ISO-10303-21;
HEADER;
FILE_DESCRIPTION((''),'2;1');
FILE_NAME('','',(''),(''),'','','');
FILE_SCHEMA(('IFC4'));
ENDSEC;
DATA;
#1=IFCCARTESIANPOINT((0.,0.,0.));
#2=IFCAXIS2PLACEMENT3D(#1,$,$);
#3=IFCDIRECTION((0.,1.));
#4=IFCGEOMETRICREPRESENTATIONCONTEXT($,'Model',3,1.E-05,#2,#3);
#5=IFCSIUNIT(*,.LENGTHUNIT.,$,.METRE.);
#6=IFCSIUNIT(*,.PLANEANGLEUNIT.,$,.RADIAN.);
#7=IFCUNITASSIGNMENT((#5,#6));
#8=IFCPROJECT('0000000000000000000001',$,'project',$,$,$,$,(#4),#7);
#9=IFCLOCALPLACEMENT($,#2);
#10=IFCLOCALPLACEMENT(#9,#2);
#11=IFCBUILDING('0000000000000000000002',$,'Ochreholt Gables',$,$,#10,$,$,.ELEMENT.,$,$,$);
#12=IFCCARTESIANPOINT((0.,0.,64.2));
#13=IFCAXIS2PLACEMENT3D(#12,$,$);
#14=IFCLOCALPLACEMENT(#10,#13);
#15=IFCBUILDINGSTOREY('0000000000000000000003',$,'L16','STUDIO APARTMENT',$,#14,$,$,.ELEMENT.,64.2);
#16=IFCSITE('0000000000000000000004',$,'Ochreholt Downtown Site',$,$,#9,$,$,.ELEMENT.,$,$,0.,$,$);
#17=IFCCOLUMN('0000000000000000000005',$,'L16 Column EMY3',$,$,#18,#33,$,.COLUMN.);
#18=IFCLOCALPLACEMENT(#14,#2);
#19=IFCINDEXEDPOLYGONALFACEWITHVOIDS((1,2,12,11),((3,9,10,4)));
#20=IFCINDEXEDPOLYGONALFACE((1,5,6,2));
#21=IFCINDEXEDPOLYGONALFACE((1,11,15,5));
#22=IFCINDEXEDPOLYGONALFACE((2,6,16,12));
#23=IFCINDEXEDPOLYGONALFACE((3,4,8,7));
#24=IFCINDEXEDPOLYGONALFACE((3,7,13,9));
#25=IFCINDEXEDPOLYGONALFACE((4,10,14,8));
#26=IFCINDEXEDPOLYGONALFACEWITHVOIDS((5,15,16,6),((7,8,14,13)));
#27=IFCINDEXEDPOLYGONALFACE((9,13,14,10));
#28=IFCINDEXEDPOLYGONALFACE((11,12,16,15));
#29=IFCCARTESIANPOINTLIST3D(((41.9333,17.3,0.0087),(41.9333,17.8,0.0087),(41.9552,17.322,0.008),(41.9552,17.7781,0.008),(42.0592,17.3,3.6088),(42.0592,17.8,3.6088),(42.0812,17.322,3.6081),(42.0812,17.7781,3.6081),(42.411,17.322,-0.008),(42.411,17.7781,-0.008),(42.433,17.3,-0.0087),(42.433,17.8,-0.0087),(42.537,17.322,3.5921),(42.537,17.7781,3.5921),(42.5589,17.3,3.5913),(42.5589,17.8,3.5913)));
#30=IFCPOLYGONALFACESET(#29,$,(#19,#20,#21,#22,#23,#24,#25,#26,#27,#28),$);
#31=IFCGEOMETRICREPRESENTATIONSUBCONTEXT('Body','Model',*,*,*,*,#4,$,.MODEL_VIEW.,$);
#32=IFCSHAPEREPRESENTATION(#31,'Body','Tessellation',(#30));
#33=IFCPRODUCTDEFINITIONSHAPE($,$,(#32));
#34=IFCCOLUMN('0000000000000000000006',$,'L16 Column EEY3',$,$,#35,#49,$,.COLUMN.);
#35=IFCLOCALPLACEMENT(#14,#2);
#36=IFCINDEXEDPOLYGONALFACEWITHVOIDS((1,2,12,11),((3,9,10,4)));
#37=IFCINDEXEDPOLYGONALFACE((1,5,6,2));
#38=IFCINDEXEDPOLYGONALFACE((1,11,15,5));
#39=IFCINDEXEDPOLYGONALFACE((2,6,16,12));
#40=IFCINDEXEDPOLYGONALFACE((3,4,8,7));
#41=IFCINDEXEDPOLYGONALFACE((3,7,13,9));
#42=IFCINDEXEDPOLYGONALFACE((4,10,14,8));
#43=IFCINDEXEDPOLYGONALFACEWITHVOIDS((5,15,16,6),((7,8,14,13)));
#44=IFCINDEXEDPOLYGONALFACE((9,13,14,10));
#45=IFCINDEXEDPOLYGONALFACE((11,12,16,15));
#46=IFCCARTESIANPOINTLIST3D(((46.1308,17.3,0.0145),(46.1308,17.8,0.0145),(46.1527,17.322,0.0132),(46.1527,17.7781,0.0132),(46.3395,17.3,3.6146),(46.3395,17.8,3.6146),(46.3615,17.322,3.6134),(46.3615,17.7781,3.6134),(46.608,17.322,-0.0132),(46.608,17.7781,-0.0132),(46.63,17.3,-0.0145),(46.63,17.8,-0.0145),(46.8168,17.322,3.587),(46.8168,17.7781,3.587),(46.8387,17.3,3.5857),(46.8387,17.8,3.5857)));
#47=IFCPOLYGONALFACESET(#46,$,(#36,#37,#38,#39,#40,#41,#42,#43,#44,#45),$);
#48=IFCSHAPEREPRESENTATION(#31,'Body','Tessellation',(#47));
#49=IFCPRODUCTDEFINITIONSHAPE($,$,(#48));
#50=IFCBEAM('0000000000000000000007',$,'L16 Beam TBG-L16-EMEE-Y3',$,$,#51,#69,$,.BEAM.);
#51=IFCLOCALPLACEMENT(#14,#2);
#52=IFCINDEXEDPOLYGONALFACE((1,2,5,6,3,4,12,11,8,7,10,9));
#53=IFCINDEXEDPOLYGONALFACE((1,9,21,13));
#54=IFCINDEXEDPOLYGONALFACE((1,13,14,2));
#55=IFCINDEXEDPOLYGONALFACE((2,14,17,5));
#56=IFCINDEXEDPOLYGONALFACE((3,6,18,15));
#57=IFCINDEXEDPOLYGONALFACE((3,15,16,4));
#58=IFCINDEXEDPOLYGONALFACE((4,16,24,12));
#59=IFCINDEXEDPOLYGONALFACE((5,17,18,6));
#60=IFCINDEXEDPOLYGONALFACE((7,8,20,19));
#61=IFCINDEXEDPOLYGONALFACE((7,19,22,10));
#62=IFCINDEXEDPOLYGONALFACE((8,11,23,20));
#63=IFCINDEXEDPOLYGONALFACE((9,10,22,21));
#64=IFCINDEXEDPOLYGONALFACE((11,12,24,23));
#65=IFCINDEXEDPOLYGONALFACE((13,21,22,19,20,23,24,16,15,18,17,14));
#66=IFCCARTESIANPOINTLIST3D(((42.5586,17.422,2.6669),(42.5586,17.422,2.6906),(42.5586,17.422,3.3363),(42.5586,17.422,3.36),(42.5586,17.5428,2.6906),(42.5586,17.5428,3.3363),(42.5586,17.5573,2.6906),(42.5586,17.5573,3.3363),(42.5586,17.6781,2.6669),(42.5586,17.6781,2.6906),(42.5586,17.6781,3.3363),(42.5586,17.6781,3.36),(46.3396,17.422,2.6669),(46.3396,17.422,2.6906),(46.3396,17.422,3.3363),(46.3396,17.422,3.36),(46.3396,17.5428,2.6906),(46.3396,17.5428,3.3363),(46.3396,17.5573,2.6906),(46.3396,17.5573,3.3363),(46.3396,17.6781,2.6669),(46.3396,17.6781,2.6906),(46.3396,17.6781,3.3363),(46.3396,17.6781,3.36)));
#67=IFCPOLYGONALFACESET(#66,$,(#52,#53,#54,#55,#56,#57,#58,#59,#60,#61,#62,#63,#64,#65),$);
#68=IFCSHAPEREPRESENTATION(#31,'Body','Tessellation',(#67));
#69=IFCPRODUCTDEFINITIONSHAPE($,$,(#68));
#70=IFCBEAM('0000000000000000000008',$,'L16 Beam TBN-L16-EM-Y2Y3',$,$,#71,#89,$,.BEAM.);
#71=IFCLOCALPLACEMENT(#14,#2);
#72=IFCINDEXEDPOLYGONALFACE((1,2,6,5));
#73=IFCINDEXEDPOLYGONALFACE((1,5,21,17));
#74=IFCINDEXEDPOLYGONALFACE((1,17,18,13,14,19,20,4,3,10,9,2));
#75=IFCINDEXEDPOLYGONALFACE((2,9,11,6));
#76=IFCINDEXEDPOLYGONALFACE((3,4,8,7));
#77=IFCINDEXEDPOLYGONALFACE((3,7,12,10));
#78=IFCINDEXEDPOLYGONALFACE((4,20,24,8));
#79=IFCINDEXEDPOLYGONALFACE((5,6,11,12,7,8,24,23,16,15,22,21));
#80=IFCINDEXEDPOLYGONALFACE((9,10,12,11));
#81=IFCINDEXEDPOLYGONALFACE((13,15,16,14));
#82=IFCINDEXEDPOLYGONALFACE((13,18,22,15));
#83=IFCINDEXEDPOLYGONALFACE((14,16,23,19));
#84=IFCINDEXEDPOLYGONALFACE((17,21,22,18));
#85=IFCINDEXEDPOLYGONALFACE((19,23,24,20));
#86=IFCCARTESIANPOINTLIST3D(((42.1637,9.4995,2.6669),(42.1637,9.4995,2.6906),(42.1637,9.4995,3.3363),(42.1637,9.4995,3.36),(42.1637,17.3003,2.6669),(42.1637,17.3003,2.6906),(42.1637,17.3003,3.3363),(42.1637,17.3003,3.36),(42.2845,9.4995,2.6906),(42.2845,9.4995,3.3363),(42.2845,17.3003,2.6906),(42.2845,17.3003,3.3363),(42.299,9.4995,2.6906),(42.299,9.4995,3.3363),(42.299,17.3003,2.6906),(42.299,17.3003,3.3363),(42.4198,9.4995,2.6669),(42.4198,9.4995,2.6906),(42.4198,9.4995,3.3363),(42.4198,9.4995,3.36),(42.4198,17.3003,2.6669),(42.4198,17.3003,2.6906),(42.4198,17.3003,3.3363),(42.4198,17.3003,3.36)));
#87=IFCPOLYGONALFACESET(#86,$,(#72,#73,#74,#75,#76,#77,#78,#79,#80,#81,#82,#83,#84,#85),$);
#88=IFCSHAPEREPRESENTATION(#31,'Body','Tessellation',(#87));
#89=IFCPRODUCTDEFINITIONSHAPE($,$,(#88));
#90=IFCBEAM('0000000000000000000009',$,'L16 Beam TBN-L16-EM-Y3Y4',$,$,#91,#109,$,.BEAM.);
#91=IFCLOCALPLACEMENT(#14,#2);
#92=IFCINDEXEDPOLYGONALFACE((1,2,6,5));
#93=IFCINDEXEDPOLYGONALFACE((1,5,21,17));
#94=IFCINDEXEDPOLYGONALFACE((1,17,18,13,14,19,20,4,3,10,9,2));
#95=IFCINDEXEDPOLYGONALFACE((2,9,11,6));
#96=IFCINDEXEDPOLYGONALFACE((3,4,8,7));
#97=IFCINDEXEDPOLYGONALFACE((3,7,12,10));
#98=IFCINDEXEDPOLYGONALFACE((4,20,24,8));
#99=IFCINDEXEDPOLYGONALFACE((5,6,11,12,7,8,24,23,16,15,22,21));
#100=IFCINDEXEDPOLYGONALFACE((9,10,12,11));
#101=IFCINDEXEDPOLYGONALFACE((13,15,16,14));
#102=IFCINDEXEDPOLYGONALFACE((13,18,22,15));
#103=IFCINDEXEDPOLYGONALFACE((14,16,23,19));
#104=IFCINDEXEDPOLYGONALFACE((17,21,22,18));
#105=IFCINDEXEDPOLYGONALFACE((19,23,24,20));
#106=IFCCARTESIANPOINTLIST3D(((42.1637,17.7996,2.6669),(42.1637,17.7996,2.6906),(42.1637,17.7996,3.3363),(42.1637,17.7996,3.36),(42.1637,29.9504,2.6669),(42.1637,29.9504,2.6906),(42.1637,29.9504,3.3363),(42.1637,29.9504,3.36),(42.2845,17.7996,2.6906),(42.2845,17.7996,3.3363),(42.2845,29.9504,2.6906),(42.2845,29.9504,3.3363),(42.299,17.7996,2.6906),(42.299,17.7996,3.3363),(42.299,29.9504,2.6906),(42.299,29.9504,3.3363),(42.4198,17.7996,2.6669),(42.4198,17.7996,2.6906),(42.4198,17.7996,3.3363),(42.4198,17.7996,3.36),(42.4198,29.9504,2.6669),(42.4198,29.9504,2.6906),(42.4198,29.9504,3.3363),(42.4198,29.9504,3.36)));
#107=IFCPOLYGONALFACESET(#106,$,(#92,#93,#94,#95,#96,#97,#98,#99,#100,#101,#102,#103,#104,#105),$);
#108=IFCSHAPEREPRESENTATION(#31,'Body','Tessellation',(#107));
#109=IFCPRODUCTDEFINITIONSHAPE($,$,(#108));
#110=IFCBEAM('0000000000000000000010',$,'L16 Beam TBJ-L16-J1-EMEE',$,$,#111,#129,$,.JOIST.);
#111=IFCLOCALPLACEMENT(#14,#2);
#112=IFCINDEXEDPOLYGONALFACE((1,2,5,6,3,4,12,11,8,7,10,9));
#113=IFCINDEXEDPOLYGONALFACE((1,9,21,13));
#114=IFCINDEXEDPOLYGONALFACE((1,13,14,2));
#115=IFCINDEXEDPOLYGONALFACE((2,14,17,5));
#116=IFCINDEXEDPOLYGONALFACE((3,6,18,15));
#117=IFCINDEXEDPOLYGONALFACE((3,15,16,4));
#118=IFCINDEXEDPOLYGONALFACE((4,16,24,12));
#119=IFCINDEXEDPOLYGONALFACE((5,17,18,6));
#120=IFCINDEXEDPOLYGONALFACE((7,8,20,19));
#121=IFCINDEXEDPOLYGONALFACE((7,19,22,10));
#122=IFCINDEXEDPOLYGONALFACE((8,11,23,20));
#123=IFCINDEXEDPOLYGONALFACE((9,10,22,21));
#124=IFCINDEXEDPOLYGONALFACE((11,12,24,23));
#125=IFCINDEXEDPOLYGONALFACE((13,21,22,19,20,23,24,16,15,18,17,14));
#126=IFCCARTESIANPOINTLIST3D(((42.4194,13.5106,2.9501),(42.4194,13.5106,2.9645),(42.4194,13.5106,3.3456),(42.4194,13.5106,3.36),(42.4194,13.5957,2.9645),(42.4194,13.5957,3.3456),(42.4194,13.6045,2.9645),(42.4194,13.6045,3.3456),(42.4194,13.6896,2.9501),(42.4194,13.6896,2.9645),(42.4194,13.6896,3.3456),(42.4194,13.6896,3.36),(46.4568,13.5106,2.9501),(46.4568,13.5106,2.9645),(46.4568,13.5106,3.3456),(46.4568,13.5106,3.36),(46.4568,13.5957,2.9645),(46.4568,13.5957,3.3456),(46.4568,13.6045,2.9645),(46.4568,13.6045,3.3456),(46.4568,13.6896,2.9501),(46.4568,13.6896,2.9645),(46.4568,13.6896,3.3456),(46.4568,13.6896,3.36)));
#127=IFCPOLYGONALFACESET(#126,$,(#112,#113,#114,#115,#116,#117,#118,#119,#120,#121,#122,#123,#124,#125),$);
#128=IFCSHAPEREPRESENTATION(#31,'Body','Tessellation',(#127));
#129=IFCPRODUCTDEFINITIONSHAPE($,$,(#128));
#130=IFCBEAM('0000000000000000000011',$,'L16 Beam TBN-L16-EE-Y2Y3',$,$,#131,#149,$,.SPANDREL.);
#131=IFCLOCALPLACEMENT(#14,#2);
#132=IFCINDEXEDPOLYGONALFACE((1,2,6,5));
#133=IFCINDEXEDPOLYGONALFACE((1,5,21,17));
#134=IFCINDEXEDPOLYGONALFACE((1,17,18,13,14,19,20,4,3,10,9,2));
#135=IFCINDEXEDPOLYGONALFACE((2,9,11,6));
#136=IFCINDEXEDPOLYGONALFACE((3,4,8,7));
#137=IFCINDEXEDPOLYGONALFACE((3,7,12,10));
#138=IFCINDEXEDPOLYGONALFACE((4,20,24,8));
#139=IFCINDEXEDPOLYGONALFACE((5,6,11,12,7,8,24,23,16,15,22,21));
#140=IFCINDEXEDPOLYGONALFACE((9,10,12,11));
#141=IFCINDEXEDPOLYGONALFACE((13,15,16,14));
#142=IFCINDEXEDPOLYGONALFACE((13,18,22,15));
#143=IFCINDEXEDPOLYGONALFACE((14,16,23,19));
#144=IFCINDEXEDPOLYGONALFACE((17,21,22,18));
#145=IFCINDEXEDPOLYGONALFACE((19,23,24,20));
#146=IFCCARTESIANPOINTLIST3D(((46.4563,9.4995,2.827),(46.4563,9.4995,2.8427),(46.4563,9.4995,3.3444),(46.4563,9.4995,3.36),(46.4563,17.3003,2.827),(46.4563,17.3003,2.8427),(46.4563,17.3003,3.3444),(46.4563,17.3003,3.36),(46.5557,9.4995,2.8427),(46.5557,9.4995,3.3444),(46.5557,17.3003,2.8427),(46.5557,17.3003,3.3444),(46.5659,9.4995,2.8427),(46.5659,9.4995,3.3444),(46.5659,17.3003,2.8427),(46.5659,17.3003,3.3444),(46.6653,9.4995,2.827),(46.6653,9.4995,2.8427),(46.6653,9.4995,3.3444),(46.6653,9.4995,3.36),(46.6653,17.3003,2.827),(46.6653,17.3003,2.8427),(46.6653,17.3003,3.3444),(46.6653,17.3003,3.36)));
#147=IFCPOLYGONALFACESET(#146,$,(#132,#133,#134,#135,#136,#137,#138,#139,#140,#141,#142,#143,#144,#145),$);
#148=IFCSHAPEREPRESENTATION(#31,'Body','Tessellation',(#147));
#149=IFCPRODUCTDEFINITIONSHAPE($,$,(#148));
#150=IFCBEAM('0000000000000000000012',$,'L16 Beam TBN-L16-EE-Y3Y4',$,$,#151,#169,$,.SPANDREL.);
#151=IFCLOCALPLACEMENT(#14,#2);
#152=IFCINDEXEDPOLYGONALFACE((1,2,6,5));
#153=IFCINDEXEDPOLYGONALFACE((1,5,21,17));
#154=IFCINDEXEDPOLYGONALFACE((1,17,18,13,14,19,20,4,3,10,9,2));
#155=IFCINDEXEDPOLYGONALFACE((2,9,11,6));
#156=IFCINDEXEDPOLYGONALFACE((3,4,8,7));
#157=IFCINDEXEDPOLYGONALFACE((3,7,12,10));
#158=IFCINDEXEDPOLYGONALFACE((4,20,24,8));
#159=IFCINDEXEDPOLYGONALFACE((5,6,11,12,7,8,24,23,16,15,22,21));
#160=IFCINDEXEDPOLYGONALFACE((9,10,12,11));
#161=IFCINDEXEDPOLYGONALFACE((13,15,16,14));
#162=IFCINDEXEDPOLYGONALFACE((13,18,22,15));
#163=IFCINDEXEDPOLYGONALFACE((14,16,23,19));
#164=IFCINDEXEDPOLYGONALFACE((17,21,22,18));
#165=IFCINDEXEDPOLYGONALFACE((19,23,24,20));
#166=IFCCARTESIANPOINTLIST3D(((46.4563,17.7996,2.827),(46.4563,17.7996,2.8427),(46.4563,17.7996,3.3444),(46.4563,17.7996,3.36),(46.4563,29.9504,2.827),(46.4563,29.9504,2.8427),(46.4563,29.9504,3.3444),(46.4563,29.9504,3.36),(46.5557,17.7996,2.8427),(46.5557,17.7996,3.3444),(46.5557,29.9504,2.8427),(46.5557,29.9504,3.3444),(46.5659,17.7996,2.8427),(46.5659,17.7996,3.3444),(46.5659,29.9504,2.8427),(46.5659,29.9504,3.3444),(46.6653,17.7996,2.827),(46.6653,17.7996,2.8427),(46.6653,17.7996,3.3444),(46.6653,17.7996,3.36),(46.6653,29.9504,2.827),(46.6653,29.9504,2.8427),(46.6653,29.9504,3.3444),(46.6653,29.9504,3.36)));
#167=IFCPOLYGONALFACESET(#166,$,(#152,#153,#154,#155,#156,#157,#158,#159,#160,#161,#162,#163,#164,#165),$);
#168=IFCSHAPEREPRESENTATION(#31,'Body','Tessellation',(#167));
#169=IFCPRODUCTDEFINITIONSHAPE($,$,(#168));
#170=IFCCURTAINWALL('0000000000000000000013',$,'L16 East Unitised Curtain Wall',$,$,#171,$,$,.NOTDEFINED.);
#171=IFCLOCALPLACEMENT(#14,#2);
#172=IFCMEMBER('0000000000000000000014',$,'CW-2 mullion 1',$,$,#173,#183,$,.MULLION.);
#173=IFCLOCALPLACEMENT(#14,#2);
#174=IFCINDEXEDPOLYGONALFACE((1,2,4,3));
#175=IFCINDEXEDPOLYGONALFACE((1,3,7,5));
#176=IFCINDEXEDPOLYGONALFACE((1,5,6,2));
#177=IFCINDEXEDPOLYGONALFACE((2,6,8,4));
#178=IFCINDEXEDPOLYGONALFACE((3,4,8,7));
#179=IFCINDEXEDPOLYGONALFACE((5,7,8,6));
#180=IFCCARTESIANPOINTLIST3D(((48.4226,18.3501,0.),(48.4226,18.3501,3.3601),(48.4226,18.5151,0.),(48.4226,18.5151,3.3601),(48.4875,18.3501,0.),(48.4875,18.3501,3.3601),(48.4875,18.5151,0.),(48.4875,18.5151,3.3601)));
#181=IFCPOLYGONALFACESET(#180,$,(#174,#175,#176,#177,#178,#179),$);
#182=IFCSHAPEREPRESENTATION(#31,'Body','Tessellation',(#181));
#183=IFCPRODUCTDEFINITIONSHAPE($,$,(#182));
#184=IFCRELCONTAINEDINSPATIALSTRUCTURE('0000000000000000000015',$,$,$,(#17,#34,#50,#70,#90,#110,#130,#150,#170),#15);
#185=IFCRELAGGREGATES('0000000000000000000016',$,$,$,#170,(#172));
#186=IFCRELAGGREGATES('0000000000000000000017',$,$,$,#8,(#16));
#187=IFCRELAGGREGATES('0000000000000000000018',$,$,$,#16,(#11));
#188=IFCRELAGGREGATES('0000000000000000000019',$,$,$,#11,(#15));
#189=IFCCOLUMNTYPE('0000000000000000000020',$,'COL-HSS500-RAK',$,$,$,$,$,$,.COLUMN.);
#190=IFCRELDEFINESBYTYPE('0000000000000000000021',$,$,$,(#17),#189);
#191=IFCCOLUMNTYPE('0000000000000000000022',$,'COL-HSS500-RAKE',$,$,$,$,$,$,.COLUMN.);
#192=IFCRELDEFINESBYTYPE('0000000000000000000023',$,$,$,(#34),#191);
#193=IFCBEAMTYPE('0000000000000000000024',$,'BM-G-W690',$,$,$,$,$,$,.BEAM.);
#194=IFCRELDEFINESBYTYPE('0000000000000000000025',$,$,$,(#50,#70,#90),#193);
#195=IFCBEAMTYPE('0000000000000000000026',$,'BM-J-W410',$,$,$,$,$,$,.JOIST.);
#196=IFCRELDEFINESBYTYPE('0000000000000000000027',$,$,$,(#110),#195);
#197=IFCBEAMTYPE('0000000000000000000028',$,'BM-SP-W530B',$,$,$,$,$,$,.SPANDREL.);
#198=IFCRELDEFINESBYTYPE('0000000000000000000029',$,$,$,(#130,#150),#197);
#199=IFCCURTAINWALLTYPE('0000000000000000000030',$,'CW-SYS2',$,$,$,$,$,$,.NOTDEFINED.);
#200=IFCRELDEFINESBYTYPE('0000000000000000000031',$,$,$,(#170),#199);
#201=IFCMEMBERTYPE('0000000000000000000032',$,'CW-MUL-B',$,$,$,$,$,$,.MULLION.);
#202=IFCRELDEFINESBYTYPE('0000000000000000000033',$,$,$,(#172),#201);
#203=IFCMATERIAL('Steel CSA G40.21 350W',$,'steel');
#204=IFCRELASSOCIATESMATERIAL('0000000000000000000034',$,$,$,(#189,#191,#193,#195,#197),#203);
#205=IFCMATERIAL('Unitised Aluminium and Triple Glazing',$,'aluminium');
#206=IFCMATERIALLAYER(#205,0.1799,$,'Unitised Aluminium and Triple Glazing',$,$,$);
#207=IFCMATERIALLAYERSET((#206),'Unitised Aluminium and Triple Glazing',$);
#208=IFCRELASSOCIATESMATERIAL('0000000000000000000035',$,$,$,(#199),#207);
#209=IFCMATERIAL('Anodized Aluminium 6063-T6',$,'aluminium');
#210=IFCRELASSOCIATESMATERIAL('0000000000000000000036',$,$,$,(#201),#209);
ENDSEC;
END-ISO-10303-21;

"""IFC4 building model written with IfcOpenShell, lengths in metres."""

from ifc_helpers import new_model, si_unit, direction, frame, origin, origin_2d, place, context, subcontext, project, spatial, rectangle, hollow_rectangle, i_section, extrude, material, layer, layer_set, material_profile, profile_set, type_object, element, aggregate, save


model = new_model("IFC4")

# Units and contexts
model_context = context("Model", 3, precision=1e-05, world=origin(), true_north=direction((0.0, 1.0)))
body_context = subcontext(model_context, "Body", "Model", "MODEL_VIEW")
ifc_project = project(units=[si_unit("LENGTHUNIT", "METRE"), si_unit("PLANEANGLEUNIT", "RADIAN")], contexts=[model_context])

# Site, building, storey
site_placement = place(None, origin())
site = spatial("IfcSite", under=ifc_project, at=site_placement, Name="Ochreholt Downtown Site", CompositionType="ELEMENT", RefElevation=0.0)
building_placement = place(site_placement, origin())
building = spatial("IfcBuilding", under=site, at=building_placement, Name="Ochreholt Gables", CompositionType="ELEMENT")
storey_placement = place(building_placement, frame((0.0, 0.0, 64.2)))
storey = spatial("IfcBuildingStorey", under=building, at=storey_placement, Name="L16", Description="STUDIO APARTMENT", CompositionType="ELEMENT", Elevation=64.2)

# Columns
ifc_material_1 = material(Name="Steel CSA G40.21 350W", Category="steel")
ifc_material_profile_1 = material_profile(ifc_material_1, hollow_rectangle(XDim=0.5, YDim=0.5, WallThickness=0.022, at=origin_2d()), Name="HSS500X500X22")
ifc_profile_set_1 = profile_set([ifc_material_profile_1], Name="Steel CSA G40.21 350W")
column_type_1 = type_object("IfcColumnType", Name="COL-HSS500-RAK", PredefinedType="COLUMN", material=ifc_profile_set_1)
column_1_placement = place(storey_placement, frame((42.1831, 17.55, 0.0), z_axis=(0.034971, 0.0, 0.999388), x_axis=(0.0, 1.0, 0.0)))
element("IfcColumn", 1, at=column_1_placement, inside=storey, type_object=column_type_1, Name="L16 Column EMY3", PredefinedType="COLUMN", context=body_context, shape_type="SweptSolid", body=[
    extrude(hollow_rectangle(XDim=0.5, YDim=0.5, WallThickness=0.022, at=origin_2d()), origin(), (0.0, 0.0, 1.0), 3.6023),
])
ifc_material_profile_2 = material_profile(ifc_material_1, hollow_rectangle(XDim=0.5, YDim=0.5, WallThickness=0.022, at=origin_2d()), Name="HSS500X500X22")
ifc_profile_set_2 = profile_set([ifc_material_profile_2], Name="Steel CSA G40.21 350W")
column_type_2 = type_object("IfcColumnType", Name="COL-HSS500-RAKE", PredefinedType="COLUMN", material=ifc_profile_set_2)
column_2_placement = place(storey_placement, frame((46.3804, 17.55, 0.0), z_axis=(0.057885, 0.0, 0.998323), x_axis=(0.0, 1.0, 0.0)))
element("IfcColumn", 2, at=column_2_placement, inside=storey, type_object=column_type_2, Name="L16 Column EEY3", PredefinedType="COLUMN", context=body_context, shape_type="SweptSolid", body=[
    extrude(hollow_rectangle(XDim=0.5, YDim=0.5, WallThickness=0.022, at=origin_2d()), origin(), (0.0, 0.0, 1.0), 3.6062),
])

# Beams
ifc_material_profile_3 = material_profile(ifc_material_1, i_section(OverallWidth=0.2561, OverallDepth=0.6931, WebThickness=0.0144, FlangeThickness=0.0237, at=origin_2d()), Name="W690X170")
ifc_profile_set_3 = profile_set([ifc_material_profile_3], Name="Steel CSA G40.21 350W")
beam_type_1 = type_object("IfcBeamType", Name="BM-G-W690", PredefinedType="BEAM", material=ifc_profile_set_3)
beam_1_placement = place(storey_placement, frame((42.5586, 17.55, 3.0134), z_axis=(1.0, 0.0, 0.0), x_axis=(0.0, 1.0, 0.0)))
element("IfcBeam", 3, at=beam_1_placement, inside=storey, type_object=beam_type_1, Name="L16 Beam TBG-L16-EMEE-Y3", PredefinedType="BEAM", context=body_context, shape_type="SweptSolid", body=[
    extrude(i_section(OverallWidth=0.2561, OverallDepth=0.6931, WebThickness=0.0144, FlangeThickness=0.0237, at=origin_2d()), origin(), (0.0, 0.0, 1.0), 3.781),
])
beam_2_placement = place(storey_placement, frame((42.2917, 9.4995, 3.0134), z_axis=(0.0, 1.0, 0.0), x_axis=(-1.0, 0.0, 0.0)))
element("IfcBeam", 4, at=beam_2_placement, inside=storey, type_object=beam_type_1, Name="L16 Beam TBN-L16-EM-Y2Y3", PredefinedType="BEAM", context=body_context, shape_type="SweptSolid", body=[
    extrude(i_section(OverallWidth=0.2561, OverallDepth=0.6931, WebThickness=0.0144, FlangeThickness=0.0237, at=origin_2d()), origin(), (0.0, 0.0, 1.0), 7.8008),
])
beam_3_placement = place(storey_placement, frame((42.2917, 17.7996, 3.0134), z_axis=(0.0, 1.0, 0.0), x_axis=(-1.0, 0.0, 0.0)))
element("IfcBeam", 5, at=beam_3_placement, inside=storey, type_object=beam_type_1, Name="L16 Beam TBN-L16-EM-Y3Y4", PredefinedType="BEAM", context=body_context, shape_type="SweptSolid", body=[
    extrude(i_section(OverallWidth=0.2561, OverallDepth=0.6931, WebThickness=0.0144, FlangeThickness=0.0237, at=origin_2d()), origin(), (0.0, 0.0, 1.0), 12.1509),
])
ifc_material_profile_4 = material_profile(ifc_material_1, i_section(OverallWidth=0.179, OverallDepth=0.4099, WebThickness=0.0088, FlangeThickness=0.0144, at=origin_2d()), Name="W410X67")
ifc_profile_set_4 = profile_set([ifc_material_profile_4], Name="Steel CSA G40.21 350W")
beam_type_2 = type_object("IfcBeamType", Name="BM-J-W410", PredefinedType="JOIST", material=ifc_profile_set_4)
beam_4_placement = place(storey_placement, frame((42.4194, 13.6001, 3.155), z_axis=(1.0, 0.0, 0.0), x_axis=(0.0, 1.0, 0.0)))
element("IfcBeam", 6, at=beam_4_placement, inside=storey, type_object=beam_type_2, Name="L16 Beam TBJ-L16-J1-EMEE", PredefinedType="JOIST", context=body_context, shape_type="SweptSolid", body=[
    extrude(i_section(OverallWidth=0.179, OverallDepth=0.4099, WebThickness=0.0088, FlangeThickness=0.0144, at=origin_2d()), origin(), (0.0, 0.0, 1.0), 4.0374),
])
ifc_material_profile_5 = material_profile(ifc_material_1, i_section(OverallWidth=0.209, OverallDepth=0.533, WebThickness=0.0103, FlangeThickness=0.0156, at=origin_2d()), Name="W530X92")
ifc_profile_set_5 = profile_set([ifc_material_profile_5], Name="Steel CSA G40.21 350W")
beam_type_3 = type_object("IfcBeamType", Name="BM-SP-W530B", PredefinedType="SPANDREL", material=ifc_profile_set_5)
beam_5_placement = place(storey_placement, frame((46.5608, 9.4995, 3.0935), z_axis=(0.0, 1.0, 0.0), x_axis=(-1.0, 0.0, 0.0)))
element("IfcBeam", 7, at=beam_5_placement, inside=storey, type_object=beam_type_3, Name="L16 Beam TBN-L16-EE-Y2Y3", PredefinedType="SPANDREL", context=body_context, shape_type="SweptSolid", body=[
    extrude(i_section(OverallWidth=0.209, OverallDepth=0.533, WebThickness=0.0103, FlangeThickness=0.0156, at=origin_2d()), origin(), (0.0, 0.0, 1.0), 7.8008),
])
beam_6_placement = place(storey_placement, frame((46.5608, 17.7996, 3.0935), z_axis=(0.0, 1.0, 0.0), x_axis=(-1.0, 0.0, 0.0)))
element("IfcBeam", 8, at=beam_6_placement, inside=storey, type_object=beam_type_3, Name="L16 Beam TBN-L16-EE-Y3Y4", PredefinedType="SPANDREL", context=body_context, shape_type="SweptSolid", body=[
    extrude(i_section(OverallWidth=0.209, OverallDepth=0.533, WebThickness=0.0103, FlangeThickness=0.0156, at=origin_2d()), origin(), (0.0, 0.0, 1.0), 12.1509),
])

# Curtain wall, member
ifc_material_2 = material(Name="Unitised Aluminium and Triple Glazing", Category="aluminium")
ifc_layer_1 = layer(ifc_material_2, 0.1799, Name="Unitised Aluminium and Triple Glazing")
ifc_layer_set_1 = layer_set([ifc_layer_1], Name="Unitised Aluminium and Triple Glazing")
curtain_wall_type = type_object("IfcCurtainWallType", Name="CW-SYS2", PredefinedType="NOTDEFINED", material=ifc_layer_set_1)
curtain_wall_placement = place(storey_placement, origin())
curtain_wall = element("IfcCurtainWall", 9, at=curtain_wall_placement, inside=storey, type_object=curtain_wall_type, Name="L16 East Unitised Curtain Wall", PredefinedType="NOTDEFINED")
ifc_material_3 = material(Name="Anodized Aluminium 6063-T6", Category="aluminium")
ifc_material_profile_6 = material_profile(ifc_material_3, rectangle(XDim=0.0649, YDim=0.165, at=origin_2d()), Name="CWM65X165")
ifc_profile_set_6 = profile_set([ifc_material_profile_6], Name="Anodized Aluminium 6063-T6")
member_type_1 = type_object("IfcMemberType", Name="CW-MUL-B", PredefinedType="MULLION", material=ifc_profile_set_6)
member_1_placement = place(storey_placement, frame((48.4551, 18.4326, 0.0), z_axis=(0.0, 0.0, 1.0), x_axis=(-1.0, 0.0, 0.0)))
member_1 = element("IfcMember", 10, at=member_1_placement, type_object=member_type_1, Name="CW-2 mullion 1", PredefinedType="MULLION", context=body_context, shape_type="SweptSolid", body=[
    extrude(rectangle(XDim=0.0649, YDim=0.165, at=origin_2d()), origin(), (0.0, 0.0, 1.0), 3.3601),
])
aggregate(curtain_wall, [member_1])

save(model, "model.ifc")
